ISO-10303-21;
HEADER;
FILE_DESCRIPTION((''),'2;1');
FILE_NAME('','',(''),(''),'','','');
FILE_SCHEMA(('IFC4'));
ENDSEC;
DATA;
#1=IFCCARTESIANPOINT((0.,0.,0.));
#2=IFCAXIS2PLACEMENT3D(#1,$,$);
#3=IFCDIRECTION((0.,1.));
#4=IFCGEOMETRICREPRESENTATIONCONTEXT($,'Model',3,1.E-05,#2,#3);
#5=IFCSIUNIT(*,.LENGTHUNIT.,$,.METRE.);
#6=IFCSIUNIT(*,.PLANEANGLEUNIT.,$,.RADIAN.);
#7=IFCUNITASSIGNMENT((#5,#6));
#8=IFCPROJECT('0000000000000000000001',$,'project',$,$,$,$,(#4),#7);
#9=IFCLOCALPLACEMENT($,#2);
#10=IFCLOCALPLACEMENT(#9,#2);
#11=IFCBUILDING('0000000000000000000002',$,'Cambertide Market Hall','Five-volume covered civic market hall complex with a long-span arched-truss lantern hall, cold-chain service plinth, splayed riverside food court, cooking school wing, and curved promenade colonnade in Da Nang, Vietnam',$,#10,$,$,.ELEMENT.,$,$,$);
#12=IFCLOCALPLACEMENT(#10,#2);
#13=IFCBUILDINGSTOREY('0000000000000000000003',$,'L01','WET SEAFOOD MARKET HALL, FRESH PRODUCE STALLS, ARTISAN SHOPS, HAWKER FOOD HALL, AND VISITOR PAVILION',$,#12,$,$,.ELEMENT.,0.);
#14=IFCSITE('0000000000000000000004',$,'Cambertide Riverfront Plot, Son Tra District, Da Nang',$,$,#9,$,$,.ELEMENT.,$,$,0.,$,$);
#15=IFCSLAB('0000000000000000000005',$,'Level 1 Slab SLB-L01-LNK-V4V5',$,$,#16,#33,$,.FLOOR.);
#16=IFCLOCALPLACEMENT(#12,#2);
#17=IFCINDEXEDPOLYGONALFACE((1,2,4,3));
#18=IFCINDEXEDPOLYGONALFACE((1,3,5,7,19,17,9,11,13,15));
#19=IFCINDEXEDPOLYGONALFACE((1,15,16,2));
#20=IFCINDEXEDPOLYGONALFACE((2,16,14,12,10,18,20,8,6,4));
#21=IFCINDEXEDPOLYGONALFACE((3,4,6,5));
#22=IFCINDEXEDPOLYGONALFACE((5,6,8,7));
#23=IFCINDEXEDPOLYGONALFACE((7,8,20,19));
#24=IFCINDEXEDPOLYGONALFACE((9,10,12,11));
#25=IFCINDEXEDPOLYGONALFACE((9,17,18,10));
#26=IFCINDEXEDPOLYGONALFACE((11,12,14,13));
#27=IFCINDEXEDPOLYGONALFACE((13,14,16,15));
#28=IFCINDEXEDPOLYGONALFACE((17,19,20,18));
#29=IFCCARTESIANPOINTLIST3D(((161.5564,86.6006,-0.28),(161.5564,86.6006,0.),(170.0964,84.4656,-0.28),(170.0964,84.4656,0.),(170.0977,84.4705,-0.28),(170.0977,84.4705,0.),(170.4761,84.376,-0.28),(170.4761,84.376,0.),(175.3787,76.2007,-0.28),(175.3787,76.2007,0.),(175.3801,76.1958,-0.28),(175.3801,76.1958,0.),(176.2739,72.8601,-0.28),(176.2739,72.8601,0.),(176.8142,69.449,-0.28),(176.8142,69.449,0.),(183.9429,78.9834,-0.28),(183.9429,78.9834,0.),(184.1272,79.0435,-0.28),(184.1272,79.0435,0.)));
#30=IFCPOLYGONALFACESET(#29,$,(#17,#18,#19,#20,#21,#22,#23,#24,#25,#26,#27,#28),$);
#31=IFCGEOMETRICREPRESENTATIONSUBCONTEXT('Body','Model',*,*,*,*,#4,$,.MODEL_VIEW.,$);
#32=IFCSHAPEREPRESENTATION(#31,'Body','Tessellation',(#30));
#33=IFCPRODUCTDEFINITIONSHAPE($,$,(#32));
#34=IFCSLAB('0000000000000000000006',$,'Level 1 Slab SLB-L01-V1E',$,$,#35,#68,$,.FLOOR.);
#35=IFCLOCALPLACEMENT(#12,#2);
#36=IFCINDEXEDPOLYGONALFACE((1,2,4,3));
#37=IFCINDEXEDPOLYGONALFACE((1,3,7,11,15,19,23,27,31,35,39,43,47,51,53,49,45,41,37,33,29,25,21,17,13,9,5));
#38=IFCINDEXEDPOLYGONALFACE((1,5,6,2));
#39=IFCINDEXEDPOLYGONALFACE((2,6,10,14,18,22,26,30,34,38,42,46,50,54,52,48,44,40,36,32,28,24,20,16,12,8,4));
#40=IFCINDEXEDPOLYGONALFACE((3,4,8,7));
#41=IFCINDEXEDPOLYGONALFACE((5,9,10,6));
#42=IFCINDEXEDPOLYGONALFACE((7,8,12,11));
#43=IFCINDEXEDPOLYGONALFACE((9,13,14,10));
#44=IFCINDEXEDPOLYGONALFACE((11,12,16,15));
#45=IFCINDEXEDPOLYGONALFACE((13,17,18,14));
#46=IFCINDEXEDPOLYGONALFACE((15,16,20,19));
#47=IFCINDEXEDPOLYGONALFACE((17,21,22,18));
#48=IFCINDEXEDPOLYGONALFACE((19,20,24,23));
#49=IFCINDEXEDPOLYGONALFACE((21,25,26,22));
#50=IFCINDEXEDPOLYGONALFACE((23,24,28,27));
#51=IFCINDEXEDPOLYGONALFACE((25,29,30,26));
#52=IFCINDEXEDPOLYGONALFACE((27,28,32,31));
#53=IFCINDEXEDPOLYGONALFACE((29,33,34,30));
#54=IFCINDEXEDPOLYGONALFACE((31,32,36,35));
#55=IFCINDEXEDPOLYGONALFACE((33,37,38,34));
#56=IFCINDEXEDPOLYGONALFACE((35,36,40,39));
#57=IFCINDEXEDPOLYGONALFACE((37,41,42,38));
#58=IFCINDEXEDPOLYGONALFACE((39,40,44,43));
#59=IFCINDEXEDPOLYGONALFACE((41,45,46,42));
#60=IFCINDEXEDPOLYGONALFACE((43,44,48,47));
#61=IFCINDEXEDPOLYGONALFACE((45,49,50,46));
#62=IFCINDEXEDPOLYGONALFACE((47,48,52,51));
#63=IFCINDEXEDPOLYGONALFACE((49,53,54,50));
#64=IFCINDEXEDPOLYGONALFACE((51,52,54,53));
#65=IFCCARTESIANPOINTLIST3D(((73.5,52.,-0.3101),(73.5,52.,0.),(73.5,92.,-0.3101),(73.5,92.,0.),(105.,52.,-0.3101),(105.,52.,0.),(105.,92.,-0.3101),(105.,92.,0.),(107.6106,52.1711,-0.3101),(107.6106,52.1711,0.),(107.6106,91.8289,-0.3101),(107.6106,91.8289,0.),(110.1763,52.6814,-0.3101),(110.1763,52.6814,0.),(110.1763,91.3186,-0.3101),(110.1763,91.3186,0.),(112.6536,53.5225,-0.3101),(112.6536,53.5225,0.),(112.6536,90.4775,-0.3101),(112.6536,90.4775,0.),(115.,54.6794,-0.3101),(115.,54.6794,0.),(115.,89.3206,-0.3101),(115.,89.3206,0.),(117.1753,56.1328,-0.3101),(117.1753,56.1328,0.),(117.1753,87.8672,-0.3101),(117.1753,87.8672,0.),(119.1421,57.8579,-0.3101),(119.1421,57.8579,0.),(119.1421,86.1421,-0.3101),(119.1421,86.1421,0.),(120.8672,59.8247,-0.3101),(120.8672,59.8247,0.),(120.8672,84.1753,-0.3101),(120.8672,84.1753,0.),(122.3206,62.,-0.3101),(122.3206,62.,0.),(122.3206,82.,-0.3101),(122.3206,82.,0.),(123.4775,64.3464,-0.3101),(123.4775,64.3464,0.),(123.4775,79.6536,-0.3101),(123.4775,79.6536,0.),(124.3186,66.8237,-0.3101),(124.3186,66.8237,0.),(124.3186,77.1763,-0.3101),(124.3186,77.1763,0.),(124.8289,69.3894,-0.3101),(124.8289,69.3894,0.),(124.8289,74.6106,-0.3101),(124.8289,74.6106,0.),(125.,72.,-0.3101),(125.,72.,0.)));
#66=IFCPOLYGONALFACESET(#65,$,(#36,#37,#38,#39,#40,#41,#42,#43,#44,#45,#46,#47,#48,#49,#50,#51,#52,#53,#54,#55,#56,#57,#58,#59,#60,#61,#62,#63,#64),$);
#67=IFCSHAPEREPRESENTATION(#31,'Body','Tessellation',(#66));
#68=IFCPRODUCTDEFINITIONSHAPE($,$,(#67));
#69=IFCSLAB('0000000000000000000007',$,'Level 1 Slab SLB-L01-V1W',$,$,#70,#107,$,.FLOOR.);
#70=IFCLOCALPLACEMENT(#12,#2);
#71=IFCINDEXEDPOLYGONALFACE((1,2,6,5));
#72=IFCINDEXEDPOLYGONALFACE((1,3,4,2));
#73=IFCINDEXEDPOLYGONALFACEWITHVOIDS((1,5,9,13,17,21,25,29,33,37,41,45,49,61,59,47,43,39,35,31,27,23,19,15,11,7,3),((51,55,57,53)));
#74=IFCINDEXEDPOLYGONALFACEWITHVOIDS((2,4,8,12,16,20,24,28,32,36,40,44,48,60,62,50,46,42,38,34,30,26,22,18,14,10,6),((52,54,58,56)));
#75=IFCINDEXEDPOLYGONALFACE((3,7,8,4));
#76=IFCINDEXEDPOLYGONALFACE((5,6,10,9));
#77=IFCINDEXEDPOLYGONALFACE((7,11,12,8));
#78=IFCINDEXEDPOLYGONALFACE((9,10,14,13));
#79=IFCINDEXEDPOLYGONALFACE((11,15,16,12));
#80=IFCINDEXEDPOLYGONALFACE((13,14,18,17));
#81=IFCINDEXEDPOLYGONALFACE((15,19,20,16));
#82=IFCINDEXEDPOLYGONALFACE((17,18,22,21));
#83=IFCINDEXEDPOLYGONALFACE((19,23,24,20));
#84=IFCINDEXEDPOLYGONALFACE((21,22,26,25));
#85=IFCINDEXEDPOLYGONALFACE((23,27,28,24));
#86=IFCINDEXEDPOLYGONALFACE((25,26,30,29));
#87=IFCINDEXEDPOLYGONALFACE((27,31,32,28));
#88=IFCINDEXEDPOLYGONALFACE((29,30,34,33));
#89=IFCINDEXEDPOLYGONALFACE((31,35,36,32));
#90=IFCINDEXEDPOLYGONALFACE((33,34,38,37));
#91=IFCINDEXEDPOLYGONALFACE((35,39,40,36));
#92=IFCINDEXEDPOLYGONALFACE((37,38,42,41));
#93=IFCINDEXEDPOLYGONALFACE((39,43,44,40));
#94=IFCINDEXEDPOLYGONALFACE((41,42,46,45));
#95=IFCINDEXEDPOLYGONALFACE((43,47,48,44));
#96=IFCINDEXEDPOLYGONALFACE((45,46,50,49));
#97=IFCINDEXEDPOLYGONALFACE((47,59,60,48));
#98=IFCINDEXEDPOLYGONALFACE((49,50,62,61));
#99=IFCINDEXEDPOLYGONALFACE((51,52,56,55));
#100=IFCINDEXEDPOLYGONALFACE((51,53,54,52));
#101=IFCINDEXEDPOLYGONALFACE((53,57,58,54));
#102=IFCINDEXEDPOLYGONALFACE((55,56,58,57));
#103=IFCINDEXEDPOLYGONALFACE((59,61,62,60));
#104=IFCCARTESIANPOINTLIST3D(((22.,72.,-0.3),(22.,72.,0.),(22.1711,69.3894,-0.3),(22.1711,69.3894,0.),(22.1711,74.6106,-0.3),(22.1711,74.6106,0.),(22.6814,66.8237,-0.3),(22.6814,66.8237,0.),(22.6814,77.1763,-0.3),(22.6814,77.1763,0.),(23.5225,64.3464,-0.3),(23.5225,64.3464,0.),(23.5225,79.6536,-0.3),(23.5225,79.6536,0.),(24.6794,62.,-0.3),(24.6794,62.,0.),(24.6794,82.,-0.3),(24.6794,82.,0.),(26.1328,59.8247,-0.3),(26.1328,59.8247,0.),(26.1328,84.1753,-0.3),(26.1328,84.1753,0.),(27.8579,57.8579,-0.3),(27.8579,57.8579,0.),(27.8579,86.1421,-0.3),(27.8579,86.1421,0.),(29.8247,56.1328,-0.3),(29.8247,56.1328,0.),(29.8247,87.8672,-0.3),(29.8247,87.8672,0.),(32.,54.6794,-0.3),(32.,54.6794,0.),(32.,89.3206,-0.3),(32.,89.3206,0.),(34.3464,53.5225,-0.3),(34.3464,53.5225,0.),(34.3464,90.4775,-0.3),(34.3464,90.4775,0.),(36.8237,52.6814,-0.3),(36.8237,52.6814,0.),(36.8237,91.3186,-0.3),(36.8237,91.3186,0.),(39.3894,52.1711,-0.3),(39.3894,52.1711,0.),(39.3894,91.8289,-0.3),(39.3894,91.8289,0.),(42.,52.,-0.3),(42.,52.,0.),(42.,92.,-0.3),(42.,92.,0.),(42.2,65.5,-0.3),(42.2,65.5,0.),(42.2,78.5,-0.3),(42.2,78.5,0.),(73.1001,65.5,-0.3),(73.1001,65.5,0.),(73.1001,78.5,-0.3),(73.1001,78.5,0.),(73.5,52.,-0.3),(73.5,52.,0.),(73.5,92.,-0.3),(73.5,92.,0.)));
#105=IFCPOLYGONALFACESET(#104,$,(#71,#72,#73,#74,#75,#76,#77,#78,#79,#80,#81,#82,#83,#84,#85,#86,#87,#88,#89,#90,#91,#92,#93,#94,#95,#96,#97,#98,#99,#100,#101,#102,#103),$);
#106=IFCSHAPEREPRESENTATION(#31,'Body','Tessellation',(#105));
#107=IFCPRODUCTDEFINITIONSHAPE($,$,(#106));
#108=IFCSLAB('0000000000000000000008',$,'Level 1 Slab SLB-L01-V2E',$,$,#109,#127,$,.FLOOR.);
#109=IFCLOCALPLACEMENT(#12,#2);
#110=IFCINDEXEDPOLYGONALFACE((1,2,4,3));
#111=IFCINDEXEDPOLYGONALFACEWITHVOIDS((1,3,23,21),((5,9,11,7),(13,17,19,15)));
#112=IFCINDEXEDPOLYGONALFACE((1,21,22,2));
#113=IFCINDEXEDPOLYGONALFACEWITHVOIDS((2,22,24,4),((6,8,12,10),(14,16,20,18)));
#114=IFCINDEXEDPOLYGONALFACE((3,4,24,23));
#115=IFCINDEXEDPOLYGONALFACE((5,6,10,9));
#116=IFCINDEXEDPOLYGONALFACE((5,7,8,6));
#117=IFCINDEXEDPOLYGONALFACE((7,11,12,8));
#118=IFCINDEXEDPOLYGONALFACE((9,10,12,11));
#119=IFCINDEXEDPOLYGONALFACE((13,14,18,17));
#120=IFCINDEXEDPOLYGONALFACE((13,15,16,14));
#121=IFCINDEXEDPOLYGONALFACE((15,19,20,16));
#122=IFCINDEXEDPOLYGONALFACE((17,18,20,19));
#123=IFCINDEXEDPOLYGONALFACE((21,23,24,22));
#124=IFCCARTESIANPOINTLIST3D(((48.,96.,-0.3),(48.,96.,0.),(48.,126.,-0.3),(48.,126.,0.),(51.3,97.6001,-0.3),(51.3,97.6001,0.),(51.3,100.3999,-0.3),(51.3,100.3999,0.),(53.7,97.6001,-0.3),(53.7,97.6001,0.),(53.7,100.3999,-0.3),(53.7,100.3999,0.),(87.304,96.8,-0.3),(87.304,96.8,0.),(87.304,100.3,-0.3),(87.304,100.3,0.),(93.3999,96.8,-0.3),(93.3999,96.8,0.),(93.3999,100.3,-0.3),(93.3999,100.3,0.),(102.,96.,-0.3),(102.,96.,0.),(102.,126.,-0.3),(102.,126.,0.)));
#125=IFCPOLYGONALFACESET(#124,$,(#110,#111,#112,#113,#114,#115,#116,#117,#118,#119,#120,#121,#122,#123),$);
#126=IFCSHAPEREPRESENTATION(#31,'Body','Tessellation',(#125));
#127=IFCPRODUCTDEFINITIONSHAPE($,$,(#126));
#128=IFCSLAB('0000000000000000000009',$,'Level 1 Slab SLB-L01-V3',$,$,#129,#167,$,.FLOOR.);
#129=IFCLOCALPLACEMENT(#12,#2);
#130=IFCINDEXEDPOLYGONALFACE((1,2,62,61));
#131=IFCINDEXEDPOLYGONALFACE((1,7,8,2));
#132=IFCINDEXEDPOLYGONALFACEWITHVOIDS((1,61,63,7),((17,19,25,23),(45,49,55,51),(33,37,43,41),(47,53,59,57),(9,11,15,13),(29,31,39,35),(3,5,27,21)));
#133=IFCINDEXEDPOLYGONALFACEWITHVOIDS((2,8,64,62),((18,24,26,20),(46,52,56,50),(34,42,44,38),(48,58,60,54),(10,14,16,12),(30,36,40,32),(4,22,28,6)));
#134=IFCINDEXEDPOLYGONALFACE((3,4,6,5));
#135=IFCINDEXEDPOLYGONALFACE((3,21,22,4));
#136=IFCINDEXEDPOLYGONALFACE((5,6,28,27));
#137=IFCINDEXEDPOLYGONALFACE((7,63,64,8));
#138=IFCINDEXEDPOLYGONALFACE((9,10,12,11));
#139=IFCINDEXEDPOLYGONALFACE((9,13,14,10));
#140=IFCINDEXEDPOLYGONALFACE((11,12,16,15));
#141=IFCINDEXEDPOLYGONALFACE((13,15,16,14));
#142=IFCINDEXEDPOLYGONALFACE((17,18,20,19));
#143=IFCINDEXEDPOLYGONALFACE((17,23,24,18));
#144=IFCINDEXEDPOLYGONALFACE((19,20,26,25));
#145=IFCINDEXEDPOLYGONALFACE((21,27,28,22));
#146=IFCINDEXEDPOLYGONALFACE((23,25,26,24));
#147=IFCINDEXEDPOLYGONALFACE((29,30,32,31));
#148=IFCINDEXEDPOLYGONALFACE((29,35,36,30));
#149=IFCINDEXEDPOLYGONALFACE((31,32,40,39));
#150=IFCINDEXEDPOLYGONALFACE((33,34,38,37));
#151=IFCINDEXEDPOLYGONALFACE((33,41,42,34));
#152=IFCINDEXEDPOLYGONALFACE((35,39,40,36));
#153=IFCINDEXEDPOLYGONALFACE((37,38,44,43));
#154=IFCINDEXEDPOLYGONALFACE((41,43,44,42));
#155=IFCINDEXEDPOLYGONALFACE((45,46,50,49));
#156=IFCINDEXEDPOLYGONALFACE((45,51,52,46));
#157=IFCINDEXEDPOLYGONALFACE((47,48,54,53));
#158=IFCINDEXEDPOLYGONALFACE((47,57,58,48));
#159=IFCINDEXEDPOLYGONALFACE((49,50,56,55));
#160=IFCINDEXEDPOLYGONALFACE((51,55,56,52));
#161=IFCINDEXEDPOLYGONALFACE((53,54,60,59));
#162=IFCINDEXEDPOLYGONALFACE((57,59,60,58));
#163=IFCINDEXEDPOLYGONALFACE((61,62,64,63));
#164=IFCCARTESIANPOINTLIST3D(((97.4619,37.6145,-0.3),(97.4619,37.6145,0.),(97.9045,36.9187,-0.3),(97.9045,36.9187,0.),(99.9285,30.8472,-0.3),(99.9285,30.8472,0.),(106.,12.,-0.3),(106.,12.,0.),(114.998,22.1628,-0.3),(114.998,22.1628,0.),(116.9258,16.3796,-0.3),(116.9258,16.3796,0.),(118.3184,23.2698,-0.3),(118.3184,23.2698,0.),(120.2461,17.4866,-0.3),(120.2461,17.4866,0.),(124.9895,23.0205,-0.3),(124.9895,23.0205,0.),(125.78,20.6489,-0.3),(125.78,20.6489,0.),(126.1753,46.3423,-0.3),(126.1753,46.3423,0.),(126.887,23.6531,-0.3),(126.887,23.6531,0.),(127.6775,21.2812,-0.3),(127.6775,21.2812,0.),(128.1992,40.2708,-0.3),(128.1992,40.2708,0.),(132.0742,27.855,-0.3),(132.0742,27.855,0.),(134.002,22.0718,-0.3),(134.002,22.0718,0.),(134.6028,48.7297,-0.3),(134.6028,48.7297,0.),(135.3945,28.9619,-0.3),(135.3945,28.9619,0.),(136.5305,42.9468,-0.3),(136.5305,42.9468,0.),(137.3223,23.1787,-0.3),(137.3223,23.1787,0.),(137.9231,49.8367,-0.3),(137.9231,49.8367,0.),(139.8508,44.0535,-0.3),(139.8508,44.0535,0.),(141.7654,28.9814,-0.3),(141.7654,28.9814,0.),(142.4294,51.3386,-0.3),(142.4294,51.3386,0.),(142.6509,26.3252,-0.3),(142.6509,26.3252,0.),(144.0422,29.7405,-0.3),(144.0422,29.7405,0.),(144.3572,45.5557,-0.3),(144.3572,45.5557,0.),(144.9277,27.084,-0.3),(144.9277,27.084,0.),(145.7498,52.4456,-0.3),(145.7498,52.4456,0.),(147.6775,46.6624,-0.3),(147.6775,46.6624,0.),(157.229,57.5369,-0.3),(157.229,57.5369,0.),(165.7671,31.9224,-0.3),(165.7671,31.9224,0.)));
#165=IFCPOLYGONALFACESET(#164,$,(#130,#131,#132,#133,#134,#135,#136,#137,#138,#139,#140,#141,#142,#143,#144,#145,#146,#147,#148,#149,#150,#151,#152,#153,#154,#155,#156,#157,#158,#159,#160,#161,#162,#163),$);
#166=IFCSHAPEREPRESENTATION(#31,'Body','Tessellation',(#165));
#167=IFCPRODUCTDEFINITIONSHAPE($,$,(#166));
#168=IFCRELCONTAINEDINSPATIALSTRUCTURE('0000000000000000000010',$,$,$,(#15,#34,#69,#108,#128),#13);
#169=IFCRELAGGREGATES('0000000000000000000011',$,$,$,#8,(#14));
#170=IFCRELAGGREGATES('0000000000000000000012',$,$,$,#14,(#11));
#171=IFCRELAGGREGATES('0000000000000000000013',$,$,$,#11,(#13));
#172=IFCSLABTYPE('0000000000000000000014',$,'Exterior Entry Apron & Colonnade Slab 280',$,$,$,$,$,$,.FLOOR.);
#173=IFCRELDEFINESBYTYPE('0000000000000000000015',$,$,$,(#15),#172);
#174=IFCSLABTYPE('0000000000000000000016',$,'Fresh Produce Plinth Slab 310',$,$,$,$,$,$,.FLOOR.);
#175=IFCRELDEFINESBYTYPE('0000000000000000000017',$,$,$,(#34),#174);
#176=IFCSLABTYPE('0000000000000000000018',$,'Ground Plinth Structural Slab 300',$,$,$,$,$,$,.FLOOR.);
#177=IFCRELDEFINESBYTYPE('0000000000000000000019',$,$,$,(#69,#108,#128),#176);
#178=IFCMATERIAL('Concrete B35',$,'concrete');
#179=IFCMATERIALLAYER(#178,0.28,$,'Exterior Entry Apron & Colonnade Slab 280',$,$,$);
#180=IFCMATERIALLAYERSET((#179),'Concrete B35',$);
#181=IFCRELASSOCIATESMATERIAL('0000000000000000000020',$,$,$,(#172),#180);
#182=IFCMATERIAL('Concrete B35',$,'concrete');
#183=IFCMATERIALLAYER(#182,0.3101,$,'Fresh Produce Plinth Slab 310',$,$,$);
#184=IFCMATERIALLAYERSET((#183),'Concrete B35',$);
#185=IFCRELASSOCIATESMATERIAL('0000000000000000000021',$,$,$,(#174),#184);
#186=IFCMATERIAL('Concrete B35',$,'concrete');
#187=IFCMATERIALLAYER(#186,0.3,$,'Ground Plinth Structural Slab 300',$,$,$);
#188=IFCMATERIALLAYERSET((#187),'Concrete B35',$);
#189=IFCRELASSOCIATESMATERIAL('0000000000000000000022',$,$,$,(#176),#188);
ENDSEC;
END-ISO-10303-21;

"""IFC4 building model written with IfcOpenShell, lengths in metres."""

from ifc_helpers import new_model, si_unit, direction, frame, origin, place, context, subcontext, project, spatial, polyline, outline, extrude, material, layer, layer_set, type_object, element, save


model = new_model("IFC4")

# Units and contexts
model_context = context("Model", 3, precision=1e-05, world=origin(), true_north=direction((0.0, 1.0)))
body_context = subcontext(model_context, "Body", "Model", "MODEL_VIEW")
ifc_project = project(units=[si_unit("LENGTHUNIT", "METRE"), si_unit("PLANEANGLEUNIT", "RADIAN")], contexts=[model_context])

# Site, building, storey
site_placement = place(None, origin())
site = spatial("IfcSite", under=ifc_project, at=site_placement, Name="Cambertide Riverfront Plot, Son Tra District, Da Nang", CompositionType="ELEMENT", RefElevation=0.0)
building_placement = place(site_placement, origin())
building = spatial("IfcBuilding", under=site, at=building_placement, Name="Cambertide Market Hall", Description="Five-volume covered civic market hall complex with a long-span arched-truss lantern hall, cold-chain service plinth, splayed riverside food court, cooking school wing, and curved promenade colonnade in Da Nang, Vietnam", CompositionType="ELEMENT")
storey_placement = place(building_placement, origin())
storey = spatial("IfcBuildingStorey", under=building, at=storey_placement, Name="L01", Description="WET SEAFOOD MARKET HALL, FRESH PRODUCE STALLS, ARTISAN SHOPS, HAWKER FOOD HALL, AND VISITOR PAVILION", CompositionType="ELEMENT", Elevation=0.0)

# Slabs
ifc_material_1 = material(Name="Concrete B35", Category="concrete")
ifc_layer_1 = layer(ifc_material_1, 0.28, Name="Exterior Entry Apron & Colonnade Slab 280")
ifc_layer_set_1 = layer_set([ifc_layer_1], Name="Concrete B35")
slab_type_1 = type_object("IfcSlabType", Name="Exterior Entry Apron & Colonnade Slab 280", PredefinedType="FLOOR", material=ifc_layer_set_1)
slab_1_placement = place(storey_placement, frame((0.0, 0.0, -0.28)))
element("IfcSlab", 1, at=slab_1_placement, inside=storey, type_object=slab_type_1, Name="Level 1 Slab SLB-L01-LNK-V4V5", PredefinedType="FLOOR", context=body_context, shape_type="SweptSolid", body=[
    extrude(outline(polyline([(170.4761, 84.376), (170.0977, 84.4705), (170.0964, 84.4656), (161.5564, 86.6006), (176.8142, 69.449), (176.8142, 69.449), (176.2739, 72.8601), (176.2739, 72.8601), (176.2739, 72.8601), (175.3801, 76.1958), (175.3787, 76.2007), (183.9429, 78.9834), (184.1272, 79.0435), (170.4761, 84.376)])), origin(), (0.0, 0.0, 1.0), 0.28),
])
ifc_material_2 = material(Name="Concrete B35", Category="concrete")
ifc_layer_2 = layer(ifc_material_2, 0.3101, Name="Fresh Produce Plinth Slab 310")
ifc_layer_set_2 = layer_set([ifc_layer_2], Name="Concrete B35")
slab_type_2 = type_object("IfcSlabType", Name="Fresh Produce Plinth Slab 310", PredefinedType="FLOOR", material=ifc_layer_set_2)
slab_2_placement = place(storey_placement, frame((0.0, 0.0, -0.3101)))
element("IfcSlab", 2, at=slab_2_placement, inside=storey, type_object=slab_type_2, Name="Level 1 Slab SLB-L01-V1E", PredefinedType="FLOOR", context=body_context, shape_type="SweptSolid", body=[
    extrude(outline(polyline([(73.5, 92.0), (73.5, 52.0), (105.0, 52.0), (107.6106, 52.1711), (110.1763, 52.6814), (112.6536, 53.5225), (115.0, 54.6794), (117.1753, 56.1328), (119.1421, 57.8579), (120.8672, 59.8247), (122.3206, 62.0), (123.4775, 64.3464), (124.3186, 66.8237), (124.8289, 69.3894), (125.0, 72.0), (124.8289, 74.6106), (124.3186, 77.1763), (123.4775, 79.6536), (122.3206, 82.0), (120.8672, 84.1753), (119.1421, 86.1421), (117.1753, 87.8672), (115.0, 89.3206), (112.6536, 90.4775), (110.1763, 91.3186), (107.6106, 91.8289), (105.0, 92.0), (73.5, 92.0)])), origin(), (0.0, 0.0, 1.0), 0.3101),
])
ifc_material_3 = material(Name="Concrete B35", Category="concrete")
ifc_layer_3 = layer(ifc_material_3, 0.3, Name="Ground Plinth Structural Slab 300")
ifc_layer_set_3 = layer_set([ifc_layer_3], Name="Concrete B35")
slab_type_3 = type_object("IfcSlabType", Name="Ground Plinth Structural Slab 300", PredefinedType="FLOOR", material=ifc_layer_set_3)
slab_3_placement = place(storey_placement, frame((0.0, 0.0, -0.3)))
element("IfcSlab", 3, at=slab_3_placement, inside=storey, type_object=slab_type_3, Name="Level 1 Slab SLB-L01-V1W", PredefinedType="FLOOR", context=body_context, shape_type="SweptSolid", body=[
    extrude(outline(polyline([(42.0, 92.0), (39.3894, 91.8289), (36.8237, 91.3186), (34.3464, 90.4775), (32.0, 89.3206), (29.8247, 87.8672), (27.8579, 86.1421), (26.1328, 84.1753), (24.6794, 82.0), (23.5225, 79.6536), (22.6814, 77.1763), (22.1711, 74.6106), (22.0, 72.0), (22.1711, 69.3894), (22.6814, 66.8237), (23.5225, 64.3464), (24.6794, 62.0), (26.1328, 59.8247), (27.8579, 57.8579), (29.8247, 56.1328), (32.0, 54.6794), (34.3464, 53.5225), (36.8237, 52.6814), (39.3894, 52.1711), (42.0, 52.0), (73.5, 52.0), (73.5, 92.0), (42.0, 92.0)]), holes=[polyline([(42.2, 78.5), (73.1001, 78.5), (73.1001, 65.5), (42.2, 65.5), (42.2, 78.5)])]), origin(), (0.0, 0.0, 1.0), 0.3),
])
slab_4_placement = place(storey_placement, frame((0.0, 0.0, -0.3)))
element("IfcSlab", 4, at=slab_4_placement, inside=storey, type_object=slab_type_3, Name="Level 1 Slab SLB-L01-V2E", PredefinedType="FLOOR", context=body_context, shape_type="SweptSolid", body=[
    extrude(outline(polyline([(48.0, 96.0), (102.0, 96.0), (102.0, 126.0), (48.0, 126.0), (48.0, 96.0)]), holes=[polyline([(87.304, 100.3), (93.3999, 100.3), (93.3999, 96.8), (87.304, 96.8), (87.304, 100.3)]), polyline([(51.3, 100.3999), (53.7, 100.3999), (53.7, 97.6001), (51.3, 97.6001), (51.3, 100.3999)])]), origin(), (0.0, 0.0, 1.0), 0.3),
])
slab_5_placement = place(storey_placement, frame((0.0, 0.0, -0.3)))
element("IfcSlab", 5, at=slab_5_placement, inside=storey, type_object=slab_type_3, Name="Level 1 Slab SLB-L01-V3", PredefinedType="FLOOR", context=body_context, shape_type="SweptSolid", body=[
    extrude(outline(polyline([(106.0, 12.0), (165.7671, 31.9224), (157.229, 57.5369), (97.4619, 37.6145), (106.0, 12.0)]), holes=[polyline([(118.3184, 23.2698), (120.2461, 17.4866), (116.9258, 16.3796), (114.998, 22.1628), (118.3184, 23.2698)]), polyline([(144.3572, 45.5557), (142.4294, 51.3386), (145.7498, 52.4456), (147.6775, 46.6624), (144.3572, 45.5557)]), polyline([(135.3945, 28.9619), (137.3223, 23.1787), (134.002, 22.0718), (132.0742, 27.855), (135.3945, 28.9619)]), polyline([(136.5305, 42.9468), (134.6028, 48.7297), (137.9231, 49.8367), (139.8508, 44.0535), (136.5305, 42.9468)]), polyline([(124.9895, 23.0205), (126.887, 23.6531), (127.6775, 21.2812), (125.78, 20.6489), (124.9895, 23.0205)]), polyline([(141.7654, 28.9814), (144.0422, 29.7405), (144.9277, 27.084), (142.6509, 26.3252), (141.7654, 28.9814)]), polyline([(97.9045, 36.9187), (126.1753, 46.3423), (128.1992, 40.2708), (99.9285, 30.8472), (97.9045, 36.9187)])]), origin(), (0.0, 0.0, 1.0), 0.3),
])

save(model, "model.ifc")
